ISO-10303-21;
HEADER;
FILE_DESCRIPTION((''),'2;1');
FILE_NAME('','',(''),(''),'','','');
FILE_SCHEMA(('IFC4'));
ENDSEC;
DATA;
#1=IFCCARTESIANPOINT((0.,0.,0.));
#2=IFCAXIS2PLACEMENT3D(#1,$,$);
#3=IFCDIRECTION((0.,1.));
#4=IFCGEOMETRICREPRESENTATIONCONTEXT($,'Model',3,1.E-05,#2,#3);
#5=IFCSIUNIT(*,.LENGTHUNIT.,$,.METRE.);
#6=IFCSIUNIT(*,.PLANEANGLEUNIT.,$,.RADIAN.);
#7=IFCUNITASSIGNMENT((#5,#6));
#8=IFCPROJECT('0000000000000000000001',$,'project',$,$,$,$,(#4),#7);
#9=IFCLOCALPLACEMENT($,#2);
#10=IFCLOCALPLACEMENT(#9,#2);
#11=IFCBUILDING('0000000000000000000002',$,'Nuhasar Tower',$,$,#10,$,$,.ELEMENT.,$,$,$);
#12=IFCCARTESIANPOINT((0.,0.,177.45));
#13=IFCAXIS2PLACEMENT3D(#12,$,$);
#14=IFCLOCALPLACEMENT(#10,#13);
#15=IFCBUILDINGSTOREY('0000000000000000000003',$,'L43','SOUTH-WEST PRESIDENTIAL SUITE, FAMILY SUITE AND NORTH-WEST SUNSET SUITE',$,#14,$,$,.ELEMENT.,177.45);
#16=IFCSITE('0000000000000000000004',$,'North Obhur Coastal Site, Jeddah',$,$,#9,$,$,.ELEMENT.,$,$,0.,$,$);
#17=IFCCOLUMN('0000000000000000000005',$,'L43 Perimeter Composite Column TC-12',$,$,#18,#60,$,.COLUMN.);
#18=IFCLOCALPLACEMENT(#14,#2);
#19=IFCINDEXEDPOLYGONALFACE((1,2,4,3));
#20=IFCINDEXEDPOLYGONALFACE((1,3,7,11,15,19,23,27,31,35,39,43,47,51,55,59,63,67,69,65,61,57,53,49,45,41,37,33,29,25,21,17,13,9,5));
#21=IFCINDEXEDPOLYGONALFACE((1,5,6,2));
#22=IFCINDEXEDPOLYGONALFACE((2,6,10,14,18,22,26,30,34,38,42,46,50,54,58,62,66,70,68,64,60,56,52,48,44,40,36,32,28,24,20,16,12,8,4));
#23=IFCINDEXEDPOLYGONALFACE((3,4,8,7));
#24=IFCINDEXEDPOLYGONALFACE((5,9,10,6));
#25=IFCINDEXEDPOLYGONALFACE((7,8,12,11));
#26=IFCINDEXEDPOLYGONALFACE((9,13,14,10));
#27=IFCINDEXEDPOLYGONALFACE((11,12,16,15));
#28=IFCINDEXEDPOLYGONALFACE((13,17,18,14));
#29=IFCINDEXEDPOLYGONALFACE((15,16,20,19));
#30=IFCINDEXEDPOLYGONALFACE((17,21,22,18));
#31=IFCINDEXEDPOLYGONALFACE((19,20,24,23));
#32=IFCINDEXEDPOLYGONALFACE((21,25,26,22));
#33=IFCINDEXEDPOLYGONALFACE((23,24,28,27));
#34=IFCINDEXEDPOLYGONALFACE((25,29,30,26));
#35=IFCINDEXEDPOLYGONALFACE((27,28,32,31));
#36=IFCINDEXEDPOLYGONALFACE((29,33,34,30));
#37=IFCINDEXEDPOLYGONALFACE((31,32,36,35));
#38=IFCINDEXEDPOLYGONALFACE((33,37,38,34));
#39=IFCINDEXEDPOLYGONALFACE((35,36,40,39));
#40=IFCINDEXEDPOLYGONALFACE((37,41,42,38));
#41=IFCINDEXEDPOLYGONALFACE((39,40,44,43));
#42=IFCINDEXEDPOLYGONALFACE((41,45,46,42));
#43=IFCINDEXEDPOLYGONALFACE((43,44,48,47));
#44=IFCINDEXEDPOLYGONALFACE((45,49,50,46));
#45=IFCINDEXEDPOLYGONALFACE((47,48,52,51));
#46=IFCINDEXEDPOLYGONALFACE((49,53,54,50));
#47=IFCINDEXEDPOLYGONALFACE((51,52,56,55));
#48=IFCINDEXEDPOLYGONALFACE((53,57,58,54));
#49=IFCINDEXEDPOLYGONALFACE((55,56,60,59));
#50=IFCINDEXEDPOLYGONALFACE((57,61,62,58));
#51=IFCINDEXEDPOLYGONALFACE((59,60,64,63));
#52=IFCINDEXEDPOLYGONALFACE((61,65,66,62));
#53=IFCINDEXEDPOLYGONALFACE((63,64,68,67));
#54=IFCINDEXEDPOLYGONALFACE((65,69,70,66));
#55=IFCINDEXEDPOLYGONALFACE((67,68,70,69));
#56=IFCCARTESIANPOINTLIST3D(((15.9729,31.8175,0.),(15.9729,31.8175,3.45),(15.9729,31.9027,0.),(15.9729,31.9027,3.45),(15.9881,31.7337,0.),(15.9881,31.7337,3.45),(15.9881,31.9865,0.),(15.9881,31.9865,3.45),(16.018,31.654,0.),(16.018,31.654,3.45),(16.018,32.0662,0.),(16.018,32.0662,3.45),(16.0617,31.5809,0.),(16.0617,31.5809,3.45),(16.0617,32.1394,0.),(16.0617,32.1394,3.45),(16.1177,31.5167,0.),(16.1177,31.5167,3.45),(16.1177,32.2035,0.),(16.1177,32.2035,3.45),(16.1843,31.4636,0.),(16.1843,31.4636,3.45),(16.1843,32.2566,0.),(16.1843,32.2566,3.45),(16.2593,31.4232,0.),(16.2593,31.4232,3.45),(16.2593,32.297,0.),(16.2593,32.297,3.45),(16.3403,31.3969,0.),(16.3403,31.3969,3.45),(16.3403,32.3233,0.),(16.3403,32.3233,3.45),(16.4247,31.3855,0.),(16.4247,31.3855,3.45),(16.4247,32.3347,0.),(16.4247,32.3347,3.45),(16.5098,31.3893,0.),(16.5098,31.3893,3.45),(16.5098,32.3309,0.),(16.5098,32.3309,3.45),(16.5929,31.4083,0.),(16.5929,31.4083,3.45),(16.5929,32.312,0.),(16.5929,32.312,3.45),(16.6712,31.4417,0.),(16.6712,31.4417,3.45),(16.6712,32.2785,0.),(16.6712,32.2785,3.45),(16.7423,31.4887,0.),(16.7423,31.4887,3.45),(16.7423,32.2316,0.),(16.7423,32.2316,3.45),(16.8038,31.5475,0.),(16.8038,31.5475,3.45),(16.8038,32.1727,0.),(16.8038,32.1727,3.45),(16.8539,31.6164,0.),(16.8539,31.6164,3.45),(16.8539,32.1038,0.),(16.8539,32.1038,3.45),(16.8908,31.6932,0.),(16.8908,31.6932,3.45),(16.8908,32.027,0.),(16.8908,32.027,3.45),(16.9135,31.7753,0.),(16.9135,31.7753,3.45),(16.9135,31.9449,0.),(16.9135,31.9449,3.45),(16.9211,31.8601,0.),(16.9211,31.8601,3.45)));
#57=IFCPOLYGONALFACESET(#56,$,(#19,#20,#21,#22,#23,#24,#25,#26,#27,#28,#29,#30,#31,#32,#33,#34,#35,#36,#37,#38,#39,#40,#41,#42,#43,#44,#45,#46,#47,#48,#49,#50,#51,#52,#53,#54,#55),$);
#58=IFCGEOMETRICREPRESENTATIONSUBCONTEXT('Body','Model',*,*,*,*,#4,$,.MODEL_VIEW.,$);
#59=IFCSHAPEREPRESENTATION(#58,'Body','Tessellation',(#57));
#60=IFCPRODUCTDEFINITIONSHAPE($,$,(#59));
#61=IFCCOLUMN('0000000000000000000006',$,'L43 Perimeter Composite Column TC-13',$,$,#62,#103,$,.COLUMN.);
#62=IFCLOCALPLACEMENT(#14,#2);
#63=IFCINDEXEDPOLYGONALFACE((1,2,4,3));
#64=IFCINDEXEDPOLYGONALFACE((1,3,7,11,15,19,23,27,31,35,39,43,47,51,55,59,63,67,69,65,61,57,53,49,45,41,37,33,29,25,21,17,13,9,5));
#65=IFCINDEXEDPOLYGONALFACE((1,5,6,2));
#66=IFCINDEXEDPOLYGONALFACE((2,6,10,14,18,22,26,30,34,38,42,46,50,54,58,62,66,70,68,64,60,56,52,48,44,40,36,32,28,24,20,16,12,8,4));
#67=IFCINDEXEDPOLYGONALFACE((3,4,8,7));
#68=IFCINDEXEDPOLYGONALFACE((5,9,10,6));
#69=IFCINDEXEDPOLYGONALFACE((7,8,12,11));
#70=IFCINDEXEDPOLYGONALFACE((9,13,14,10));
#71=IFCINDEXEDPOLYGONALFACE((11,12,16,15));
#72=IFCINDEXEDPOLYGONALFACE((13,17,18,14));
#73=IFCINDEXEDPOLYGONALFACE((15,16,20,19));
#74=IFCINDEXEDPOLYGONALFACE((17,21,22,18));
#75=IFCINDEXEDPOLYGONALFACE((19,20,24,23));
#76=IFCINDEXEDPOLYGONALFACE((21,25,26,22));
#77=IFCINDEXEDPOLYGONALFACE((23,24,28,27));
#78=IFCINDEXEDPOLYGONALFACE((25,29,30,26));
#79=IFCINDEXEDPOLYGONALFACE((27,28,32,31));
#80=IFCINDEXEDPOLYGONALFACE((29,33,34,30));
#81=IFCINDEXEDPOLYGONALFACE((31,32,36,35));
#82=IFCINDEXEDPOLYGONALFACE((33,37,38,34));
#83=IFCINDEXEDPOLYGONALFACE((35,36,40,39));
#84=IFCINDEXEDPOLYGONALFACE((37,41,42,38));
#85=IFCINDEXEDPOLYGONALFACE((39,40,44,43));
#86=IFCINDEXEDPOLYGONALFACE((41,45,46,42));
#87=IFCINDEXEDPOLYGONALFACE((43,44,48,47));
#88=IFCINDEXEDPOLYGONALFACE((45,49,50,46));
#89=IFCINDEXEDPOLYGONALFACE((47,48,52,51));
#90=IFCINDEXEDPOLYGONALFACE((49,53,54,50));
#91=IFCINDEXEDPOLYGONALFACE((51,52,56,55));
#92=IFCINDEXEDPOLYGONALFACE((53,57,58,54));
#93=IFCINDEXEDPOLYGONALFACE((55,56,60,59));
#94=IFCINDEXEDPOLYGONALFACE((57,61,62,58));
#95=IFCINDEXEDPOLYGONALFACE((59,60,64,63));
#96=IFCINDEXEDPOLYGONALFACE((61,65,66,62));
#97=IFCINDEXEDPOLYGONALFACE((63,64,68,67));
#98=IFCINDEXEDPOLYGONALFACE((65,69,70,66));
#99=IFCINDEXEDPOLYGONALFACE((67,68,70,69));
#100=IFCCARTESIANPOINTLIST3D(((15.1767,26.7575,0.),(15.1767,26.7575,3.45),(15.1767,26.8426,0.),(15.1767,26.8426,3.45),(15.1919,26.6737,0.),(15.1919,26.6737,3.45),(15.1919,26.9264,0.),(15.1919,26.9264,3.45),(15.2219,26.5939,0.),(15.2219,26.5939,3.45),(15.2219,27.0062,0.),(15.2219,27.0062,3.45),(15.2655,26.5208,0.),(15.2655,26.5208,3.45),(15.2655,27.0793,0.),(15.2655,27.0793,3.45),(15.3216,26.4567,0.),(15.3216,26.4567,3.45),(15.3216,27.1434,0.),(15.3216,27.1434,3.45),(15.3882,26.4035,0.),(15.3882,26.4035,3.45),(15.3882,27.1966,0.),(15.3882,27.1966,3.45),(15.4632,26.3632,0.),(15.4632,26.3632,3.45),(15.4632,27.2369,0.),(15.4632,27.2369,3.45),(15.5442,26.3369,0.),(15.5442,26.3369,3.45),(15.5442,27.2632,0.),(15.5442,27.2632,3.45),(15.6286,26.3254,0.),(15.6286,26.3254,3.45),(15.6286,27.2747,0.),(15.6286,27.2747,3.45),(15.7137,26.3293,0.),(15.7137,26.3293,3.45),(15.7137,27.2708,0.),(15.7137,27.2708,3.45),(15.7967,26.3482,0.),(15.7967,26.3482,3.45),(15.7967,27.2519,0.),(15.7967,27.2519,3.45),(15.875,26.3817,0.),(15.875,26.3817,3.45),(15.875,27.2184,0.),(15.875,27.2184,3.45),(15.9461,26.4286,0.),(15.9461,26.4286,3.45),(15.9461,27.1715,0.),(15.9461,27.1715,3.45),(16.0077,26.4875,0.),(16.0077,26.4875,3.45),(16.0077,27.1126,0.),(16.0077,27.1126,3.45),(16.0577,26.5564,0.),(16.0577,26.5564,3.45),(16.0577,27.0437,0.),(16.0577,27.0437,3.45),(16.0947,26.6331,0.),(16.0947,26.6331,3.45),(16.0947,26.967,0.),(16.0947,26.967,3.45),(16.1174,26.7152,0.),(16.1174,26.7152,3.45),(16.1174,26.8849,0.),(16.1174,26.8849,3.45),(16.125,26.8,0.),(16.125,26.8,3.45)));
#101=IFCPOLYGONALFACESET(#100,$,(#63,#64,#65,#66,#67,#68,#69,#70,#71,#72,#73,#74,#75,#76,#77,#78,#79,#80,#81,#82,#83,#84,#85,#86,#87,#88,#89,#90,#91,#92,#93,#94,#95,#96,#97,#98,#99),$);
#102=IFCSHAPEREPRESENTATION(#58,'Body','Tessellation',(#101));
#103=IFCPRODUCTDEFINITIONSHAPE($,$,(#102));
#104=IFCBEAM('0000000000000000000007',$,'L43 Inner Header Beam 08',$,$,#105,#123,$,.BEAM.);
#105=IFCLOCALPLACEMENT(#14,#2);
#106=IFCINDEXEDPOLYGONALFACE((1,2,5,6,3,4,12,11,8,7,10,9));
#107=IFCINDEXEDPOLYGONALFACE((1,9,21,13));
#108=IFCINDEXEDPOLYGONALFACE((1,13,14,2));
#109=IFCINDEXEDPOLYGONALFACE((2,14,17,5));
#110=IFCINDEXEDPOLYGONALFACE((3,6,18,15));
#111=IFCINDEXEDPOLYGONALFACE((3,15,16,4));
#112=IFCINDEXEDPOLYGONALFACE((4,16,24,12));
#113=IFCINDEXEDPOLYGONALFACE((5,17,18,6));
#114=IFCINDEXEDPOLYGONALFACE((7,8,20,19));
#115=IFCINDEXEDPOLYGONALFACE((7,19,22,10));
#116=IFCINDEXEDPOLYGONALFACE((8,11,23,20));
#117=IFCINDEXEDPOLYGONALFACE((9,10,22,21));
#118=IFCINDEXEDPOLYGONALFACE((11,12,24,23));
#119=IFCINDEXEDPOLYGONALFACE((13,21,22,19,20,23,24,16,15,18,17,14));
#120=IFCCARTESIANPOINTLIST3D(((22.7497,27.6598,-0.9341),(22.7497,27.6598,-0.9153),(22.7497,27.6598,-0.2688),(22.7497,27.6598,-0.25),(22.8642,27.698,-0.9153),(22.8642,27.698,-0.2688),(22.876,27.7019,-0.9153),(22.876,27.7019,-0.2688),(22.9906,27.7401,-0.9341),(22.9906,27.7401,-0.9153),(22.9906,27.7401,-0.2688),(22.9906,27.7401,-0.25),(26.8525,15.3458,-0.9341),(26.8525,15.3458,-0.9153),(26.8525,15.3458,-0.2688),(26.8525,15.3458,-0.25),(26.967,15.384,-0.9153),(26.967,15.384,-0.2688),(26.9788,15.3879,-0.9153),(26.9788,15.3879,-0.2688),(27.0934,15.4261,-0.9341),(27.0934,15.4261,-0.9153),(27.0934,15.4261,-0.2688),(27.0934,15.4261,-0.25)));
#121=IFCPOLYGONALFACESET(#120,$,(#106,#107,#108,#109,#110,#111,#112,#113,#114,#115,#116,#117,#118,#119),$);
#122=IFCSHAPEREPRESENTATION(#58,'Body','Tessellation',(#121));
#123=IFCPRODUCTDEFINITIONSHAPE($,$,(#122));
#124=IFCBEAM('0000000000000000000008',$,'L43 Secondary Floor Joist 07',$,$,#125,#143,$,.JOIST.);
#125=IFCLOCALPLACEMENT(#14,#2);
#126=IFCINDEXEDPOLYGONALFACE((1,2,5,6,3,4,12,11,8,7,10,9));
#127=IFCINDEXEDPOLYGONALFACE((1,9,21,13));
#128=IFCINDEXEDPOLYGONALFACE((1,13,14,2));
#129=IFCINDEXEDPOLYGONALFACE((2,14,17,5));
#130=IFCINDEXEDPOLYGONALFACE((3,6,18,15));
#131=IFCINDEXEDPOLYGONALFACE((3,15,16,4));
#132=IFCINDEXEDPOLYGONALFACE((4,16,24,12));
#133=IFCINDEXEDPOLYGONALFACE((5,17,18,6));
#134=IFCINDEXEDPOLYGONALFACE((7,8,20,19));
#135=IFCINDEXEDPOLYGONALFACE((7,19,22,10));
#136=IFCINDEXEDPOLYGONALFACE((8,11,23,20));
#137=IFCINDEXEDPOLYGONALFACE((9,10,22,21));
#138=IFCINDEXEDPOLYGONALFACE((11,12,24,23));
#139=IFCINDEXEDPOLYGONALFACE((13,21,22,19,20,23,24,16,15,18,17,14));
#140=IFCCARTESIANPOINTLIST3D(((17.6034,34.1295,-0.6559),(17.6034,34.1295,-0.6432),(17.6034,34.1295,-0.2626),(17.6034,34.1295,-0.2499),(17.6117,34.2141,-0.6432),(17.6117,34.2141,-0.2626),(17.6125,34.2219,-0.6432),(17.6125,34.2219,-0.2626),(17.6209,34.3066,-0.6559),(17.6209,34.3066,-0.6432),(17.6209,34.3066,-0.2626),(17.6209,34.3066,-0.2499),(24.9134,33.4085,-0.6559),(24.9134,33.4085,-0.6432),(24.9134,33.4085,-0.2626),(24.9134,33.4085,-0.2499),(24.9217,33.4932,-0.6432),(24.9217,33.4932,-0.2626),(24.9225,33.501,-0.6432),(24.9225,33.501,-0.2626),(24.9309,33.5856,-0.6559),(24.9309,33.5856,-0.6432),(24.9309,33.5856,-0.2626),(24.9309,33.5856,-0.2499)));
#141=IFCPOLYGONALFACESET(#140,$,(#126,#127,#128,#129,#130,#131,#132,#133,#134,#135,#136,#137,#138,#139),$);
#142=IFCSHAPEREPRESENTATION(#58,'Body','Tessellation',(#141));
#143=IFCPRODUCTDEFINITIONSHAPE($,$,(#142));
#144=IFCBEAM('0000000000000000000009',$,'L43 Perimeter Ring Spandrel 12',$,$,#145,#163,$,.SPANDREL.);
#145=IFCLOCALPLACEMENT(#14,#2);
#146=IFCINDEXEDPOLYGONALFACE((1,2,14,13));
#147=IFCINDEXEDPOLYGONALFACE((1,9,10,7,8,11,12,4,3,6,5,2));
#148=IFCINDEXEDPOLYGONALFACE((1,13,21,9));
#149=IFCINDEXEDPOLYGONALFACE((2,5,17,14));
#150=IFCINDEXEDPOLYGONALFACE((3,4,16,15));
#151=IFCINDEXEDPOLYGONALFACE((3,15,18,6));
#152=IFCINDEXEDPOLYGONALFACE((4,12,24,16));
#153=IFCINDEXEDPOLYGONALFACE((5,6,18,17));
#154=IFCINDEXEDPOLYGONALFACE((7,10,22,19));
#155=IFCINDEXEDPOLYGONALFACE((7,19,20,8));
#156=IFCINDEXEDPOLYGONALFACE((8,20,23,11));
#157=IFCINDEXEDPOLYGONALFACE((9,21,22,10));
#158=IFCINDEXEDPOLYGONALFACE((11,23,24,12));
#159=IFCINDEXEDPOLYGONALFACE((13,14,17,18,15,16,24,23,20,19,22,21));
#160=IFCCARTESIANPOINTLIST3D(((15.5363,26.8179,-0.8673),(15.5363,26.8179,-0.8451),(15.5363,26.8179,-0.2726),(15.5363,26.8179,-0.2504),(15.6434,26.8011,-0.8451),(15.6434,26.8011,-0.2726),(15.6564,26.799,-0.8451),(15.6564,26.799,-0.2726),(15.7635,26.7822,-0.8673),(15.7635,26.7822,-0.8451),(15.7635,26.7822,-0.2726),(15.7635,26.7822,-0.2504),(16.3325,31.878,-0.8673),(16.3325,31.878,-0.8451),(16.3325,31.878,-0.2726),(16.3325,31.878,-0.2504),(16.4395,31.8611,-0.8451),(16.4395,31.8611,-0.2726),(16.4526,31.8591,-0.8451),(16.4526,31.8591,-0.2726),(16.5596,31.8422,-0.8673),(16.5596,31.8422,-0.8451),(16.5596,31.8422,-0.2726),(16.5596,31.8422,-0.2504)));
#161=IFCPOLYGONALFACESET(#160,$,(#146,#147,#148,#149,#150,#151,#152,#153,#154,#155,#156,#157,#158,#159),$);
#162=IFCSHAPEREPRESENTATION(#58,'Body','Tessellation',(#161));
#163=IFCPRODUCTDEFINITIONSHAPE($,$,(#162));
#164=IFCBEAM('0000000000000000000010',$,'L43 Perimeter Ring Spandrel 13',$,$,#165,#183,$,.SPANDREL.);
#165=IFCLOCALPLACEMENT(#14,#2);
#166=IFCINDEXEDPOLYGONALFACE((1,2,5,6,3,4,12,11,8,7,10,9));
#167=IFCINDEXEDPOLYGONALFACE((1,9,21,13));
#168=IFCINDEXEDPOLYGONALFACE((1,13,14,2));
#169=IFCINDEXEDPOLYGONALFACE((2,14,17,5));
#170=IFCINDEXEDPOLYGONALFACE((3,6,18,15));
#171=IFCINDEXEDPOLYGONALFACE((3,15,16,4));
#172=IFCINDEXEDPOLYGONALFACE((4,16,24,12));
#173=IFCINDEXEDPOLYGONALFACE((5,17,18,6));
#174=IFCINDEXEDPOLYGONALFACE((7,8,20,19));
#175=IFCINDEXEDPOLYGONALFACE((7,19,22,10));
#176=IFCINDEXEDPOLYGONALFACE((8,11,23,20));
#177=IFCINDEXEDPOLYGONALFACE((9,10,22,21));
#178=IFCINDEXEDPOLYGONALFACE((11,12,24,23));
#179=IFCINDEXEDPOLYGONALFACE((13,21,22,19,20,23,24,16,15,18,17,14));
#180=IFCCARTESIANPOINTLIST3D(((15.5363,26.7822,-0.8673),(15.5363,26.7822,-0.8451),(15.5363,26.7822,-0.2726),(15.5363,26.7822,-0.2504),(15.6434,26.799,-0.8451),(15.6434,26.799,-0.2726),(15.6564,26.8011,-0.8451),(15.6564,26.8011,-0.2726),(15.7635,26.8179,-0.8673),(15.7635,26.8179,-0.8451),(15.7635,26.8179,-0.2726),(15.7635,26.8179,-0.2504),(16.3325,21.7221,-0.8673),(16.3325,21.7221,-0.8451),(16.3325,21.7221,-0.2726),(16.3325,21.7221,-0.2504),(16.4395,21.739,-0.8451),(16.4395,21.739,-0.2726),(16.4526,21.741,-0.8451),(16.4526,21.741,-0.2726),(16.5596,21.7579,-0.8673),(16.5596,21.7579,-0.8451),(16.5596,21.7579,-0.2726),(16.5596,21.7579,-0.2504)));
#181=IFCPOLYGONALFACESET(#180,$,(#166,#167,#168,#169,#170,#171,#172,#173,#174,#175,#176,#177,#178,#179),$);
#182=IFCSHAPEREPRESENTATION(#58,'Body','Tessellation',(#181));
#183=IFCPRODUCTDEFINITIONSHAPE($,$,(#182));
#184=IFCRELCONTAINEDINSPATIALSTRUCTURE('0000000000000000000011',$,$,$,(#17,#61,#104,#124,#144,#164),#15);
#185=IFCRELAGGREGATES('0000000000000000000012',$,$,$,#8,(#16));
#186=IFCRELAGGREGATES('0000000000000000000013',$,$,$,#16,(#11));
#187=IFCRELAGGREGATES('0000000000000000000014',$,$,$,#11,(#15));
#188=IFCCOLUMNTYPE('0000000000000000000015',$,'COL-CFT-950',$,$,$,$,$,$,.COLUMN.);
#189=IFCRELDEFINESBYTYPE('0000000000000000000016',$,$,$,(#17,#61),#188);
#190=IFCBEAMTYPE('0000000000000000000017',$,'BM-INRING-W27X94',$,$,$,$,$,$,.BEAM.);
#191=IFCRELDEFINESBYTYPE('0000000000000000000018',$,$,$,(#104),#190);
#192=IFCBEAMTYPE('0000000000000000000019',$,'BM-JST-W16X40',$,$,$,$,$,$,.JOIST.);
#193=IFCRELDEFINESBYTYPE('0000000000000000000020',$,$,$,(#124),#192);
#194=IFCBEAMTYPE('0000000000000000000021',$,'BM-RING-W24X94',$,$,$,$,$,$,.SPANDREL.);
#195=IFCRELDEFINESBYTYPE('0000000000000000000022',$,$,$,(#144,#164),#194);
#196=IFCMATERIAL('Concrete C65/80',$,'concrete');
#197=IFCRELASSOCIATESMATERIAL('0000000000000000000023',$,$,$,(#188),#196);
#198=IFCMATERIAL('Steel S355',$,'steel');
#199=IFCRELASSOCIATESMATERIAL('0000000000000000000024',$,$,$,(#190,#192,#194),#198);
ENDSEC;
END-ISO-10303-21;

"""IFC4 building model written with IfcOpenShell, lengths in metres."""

from ifc_helpers import new_model, si_unit, direction, frame, origin, origin_2d, place, context, subcontext, project, spatial, circle, i_section, extrude, material, material_profile, profile_set, type_object, element, save


model = new_model("IFC4")

# Units and contexts
model_context = context("Model", 3, precision=1e-05, world=origin(), true_north=direction((0.0, 1.0)))
body_context = subcontext(model_context, "Body", "Model", "MODEL_VIEW")
ifc_project = project(units=[si_unit("LENGTHUNIT", "METRE"), si_unit("PLANEANGLEUNIT", "RADIAN")], contexts=[model_context])

# Site, building, storey
site_placement = place(None, origin())
site = spatial("IfcSite", under=ifc_project, at=site_placement, Name="North Obhur Coastal Site, Jeddah", CompositionType="ELEMENT", RefElevation=0.0)
building_placement = place(site_placement, origin())
building = spatial("IfcBuilding", under=site, at=building_placement, Name="Nuhasar Tower", CompositionType="ELEMENT")
storey_placement = place(building_placement, frame((0.0, 0.0, 177.45)))
storey = spatial("IfcBuildingStorey", under=building, at=storey_placement, Name="L43", Description="SOUTH-WEST PRESIDENTIAL SUITE, FAMILY SUITE AND NORTH-WEST SUNSET SUITE", CompositionType="ELEMENT", Elevation=177.45)

# Columns
ifc_material_1 = material(Name="Concrete C65/80", Category="concrete")
ifc_material_profile_1 = material_profile(ifc_material_1, circle(Radius=0.4751, at=origin_2d()), Name="CFT950")
ifc_profile_set_1 = profile_set([ifc_material_profile_1], Name="Concrete C65/80")
column_type = type_object("IfcColumnType", Name="COL-CFT-950", PredefinedType="COLUMN", material=ifc_profile_set_1)
for number, where, z_axis, x_axis, name in (
    (1, (16.446, 31.8601, 0.0), (0.0, 0.0, 1.0), (1.0, 0.0, 0.0), "L43 Perimeter Composite Column TC-12"),
    (2, (15.6499, 26.8, 0.0), (0.0, 0.0, 1.0), (1.0, 0.0, 0.0), "L43 Perimeter Composite Column TC-13"),
):
    element("IfcColumn", number, at=place(storey_placement, frame(where, z_axis=z_axis, x_axis=x_axis)), inside=storey, type_object=column_type, Name=name, PredefinedType="COLUMN", context=body_context, shape_type="SweptSolid", body=[
        extrude(circle(Radius=0.4751, at=origin_2d()), origin(), (0.0, 0.0, 1.0), 3.45),
    ])

# Beams
ifc_material_2 = material(Name="Steel S355", Category="steel")
ifc_material_profile_2 = material_profile(ifc_material_2, i_section(OverallWidth=0.2539, OverallDepth=0.6841, WebThickness=0.0125, FlangeThickness=0.0188, at=origin_2d()), Name="W27X94")
ifc_profile_set_2 = profile_set([ifc_material_profile_2], Name="Steel S355")
beam_type_1 = type_object("IfcBeamType", Name="BM-INRING-W27X94", PredefinedType="BEAM", material=ifc_profile_set_2)
beam_1_placement = place(storey_placement, frame((22.8701, 27.7, -0.592), z_axis=(0.316098, -0.948727, 0.0), x_axis=(0.948727, 0.316098, 0.0)))
element("IfcBeam", 3, at=beam_1_placement, inside=storey, type_object=beam_type_1, Name="L43 Inner Header Beam 08", PredefinedType="BEAM", context=body_context, shape_type="SweptSolid", body=[
    extrude(i_section(OverallWidth=0.2539, OverallDepth=0.6841, WebThickness=0.0125, FlangeThickness=0.0188, at=origin_2d()), origin(), (0.0, 0.0, 1.0), 12.9795),
])
ifc_material_profile_3 = material_profile(ifc_material_2, i_section(OverallWidth=0.178, OverallDepth=0.406, WebThickness=0.0078, FlangeThickness=0.0127, at=origin_2d()), Name="W16X40")
ifc_profile_set_3 = profile_set([ifc_material_profile_3], Name="Steel S355")
beam_type_2 = type_object("IfcBeamType", Name="BM-JST-W16X40", PredefinedType="JOIST", material=ifc_profile_set_3)
beam_2_placement = place(storey_placement, frame((24.9221, 33.4971, -0.4529), z_axis=(-0.995172, 0.098148, 0.0), x_axis=(-0.098148, -0.995172, 0.0)))
element("IfcBeam", 4, at=beam_2_placement, inside=storey, type_object=beam_type_2, Name="L43 Secondary Floor Joist 07", PredefinedType="JOIST", context=body_context, shape_type="SweptSolid", body=[
    extrude(i_section(OverallWidth=0.178, OverallDepth=0.406, WebThickness=0.0078, FlangeThickness=0.0127, at=origin_2d()), origin(), (0.0, 0.0, 1.0), 7.3455),
])
ifc_material_profile_4 = material_profile(ifc_material_2, i_section(OverallWidth=0.23, OverallDepth=0.6169, WebThickness=0.0132, FlangeThickness=0.0222, at=origin_2d()), Name="W24X94")
ifc_profile_set_4 = profile_set([ifc_material_profile_4], Name="Steel S355")
beam_type_3 = type_object("IfcBeamType", Name="BM-RING-W24X94", PredefinedType="SPANDREL", material=ifc_profile_set_4)
for number, where, z_axis, x_axis, name in (
    (5, (16.446, 31.8601, -0.5588), (-0.155427, -0.987847, 0.0), (0.987847, -0.155427, 0.0), "L43 Perimeter Ring Spandrel 12"),
    (6, (15.6499, 26.8, -0.5588), (0.155427, -0.987847, 0.0), (0.987847, 0.155427, 0.0), "L43 Perimeter Ring Spandrel 13"),
):
    element("IfcBeam", number, at=place(storey_placement, frame(where, z_axis=z_axis, x_axis=x_axis)), inside=storey, type_object=beam_type_3, Name=name, PredefinedType="SPANDREL", context=body_context, shape_type="SweptSolid", body=[
        extrude(i_section(OverallWidth=0.23, OverallDepth=0.6169, WebThickness=0.0132, FlangeThickness=0.0222, at=origin_2d()), origin(), (0.0, 0.0, 1.0), 5.1223),
    ])

save(model, "model.ifc")
